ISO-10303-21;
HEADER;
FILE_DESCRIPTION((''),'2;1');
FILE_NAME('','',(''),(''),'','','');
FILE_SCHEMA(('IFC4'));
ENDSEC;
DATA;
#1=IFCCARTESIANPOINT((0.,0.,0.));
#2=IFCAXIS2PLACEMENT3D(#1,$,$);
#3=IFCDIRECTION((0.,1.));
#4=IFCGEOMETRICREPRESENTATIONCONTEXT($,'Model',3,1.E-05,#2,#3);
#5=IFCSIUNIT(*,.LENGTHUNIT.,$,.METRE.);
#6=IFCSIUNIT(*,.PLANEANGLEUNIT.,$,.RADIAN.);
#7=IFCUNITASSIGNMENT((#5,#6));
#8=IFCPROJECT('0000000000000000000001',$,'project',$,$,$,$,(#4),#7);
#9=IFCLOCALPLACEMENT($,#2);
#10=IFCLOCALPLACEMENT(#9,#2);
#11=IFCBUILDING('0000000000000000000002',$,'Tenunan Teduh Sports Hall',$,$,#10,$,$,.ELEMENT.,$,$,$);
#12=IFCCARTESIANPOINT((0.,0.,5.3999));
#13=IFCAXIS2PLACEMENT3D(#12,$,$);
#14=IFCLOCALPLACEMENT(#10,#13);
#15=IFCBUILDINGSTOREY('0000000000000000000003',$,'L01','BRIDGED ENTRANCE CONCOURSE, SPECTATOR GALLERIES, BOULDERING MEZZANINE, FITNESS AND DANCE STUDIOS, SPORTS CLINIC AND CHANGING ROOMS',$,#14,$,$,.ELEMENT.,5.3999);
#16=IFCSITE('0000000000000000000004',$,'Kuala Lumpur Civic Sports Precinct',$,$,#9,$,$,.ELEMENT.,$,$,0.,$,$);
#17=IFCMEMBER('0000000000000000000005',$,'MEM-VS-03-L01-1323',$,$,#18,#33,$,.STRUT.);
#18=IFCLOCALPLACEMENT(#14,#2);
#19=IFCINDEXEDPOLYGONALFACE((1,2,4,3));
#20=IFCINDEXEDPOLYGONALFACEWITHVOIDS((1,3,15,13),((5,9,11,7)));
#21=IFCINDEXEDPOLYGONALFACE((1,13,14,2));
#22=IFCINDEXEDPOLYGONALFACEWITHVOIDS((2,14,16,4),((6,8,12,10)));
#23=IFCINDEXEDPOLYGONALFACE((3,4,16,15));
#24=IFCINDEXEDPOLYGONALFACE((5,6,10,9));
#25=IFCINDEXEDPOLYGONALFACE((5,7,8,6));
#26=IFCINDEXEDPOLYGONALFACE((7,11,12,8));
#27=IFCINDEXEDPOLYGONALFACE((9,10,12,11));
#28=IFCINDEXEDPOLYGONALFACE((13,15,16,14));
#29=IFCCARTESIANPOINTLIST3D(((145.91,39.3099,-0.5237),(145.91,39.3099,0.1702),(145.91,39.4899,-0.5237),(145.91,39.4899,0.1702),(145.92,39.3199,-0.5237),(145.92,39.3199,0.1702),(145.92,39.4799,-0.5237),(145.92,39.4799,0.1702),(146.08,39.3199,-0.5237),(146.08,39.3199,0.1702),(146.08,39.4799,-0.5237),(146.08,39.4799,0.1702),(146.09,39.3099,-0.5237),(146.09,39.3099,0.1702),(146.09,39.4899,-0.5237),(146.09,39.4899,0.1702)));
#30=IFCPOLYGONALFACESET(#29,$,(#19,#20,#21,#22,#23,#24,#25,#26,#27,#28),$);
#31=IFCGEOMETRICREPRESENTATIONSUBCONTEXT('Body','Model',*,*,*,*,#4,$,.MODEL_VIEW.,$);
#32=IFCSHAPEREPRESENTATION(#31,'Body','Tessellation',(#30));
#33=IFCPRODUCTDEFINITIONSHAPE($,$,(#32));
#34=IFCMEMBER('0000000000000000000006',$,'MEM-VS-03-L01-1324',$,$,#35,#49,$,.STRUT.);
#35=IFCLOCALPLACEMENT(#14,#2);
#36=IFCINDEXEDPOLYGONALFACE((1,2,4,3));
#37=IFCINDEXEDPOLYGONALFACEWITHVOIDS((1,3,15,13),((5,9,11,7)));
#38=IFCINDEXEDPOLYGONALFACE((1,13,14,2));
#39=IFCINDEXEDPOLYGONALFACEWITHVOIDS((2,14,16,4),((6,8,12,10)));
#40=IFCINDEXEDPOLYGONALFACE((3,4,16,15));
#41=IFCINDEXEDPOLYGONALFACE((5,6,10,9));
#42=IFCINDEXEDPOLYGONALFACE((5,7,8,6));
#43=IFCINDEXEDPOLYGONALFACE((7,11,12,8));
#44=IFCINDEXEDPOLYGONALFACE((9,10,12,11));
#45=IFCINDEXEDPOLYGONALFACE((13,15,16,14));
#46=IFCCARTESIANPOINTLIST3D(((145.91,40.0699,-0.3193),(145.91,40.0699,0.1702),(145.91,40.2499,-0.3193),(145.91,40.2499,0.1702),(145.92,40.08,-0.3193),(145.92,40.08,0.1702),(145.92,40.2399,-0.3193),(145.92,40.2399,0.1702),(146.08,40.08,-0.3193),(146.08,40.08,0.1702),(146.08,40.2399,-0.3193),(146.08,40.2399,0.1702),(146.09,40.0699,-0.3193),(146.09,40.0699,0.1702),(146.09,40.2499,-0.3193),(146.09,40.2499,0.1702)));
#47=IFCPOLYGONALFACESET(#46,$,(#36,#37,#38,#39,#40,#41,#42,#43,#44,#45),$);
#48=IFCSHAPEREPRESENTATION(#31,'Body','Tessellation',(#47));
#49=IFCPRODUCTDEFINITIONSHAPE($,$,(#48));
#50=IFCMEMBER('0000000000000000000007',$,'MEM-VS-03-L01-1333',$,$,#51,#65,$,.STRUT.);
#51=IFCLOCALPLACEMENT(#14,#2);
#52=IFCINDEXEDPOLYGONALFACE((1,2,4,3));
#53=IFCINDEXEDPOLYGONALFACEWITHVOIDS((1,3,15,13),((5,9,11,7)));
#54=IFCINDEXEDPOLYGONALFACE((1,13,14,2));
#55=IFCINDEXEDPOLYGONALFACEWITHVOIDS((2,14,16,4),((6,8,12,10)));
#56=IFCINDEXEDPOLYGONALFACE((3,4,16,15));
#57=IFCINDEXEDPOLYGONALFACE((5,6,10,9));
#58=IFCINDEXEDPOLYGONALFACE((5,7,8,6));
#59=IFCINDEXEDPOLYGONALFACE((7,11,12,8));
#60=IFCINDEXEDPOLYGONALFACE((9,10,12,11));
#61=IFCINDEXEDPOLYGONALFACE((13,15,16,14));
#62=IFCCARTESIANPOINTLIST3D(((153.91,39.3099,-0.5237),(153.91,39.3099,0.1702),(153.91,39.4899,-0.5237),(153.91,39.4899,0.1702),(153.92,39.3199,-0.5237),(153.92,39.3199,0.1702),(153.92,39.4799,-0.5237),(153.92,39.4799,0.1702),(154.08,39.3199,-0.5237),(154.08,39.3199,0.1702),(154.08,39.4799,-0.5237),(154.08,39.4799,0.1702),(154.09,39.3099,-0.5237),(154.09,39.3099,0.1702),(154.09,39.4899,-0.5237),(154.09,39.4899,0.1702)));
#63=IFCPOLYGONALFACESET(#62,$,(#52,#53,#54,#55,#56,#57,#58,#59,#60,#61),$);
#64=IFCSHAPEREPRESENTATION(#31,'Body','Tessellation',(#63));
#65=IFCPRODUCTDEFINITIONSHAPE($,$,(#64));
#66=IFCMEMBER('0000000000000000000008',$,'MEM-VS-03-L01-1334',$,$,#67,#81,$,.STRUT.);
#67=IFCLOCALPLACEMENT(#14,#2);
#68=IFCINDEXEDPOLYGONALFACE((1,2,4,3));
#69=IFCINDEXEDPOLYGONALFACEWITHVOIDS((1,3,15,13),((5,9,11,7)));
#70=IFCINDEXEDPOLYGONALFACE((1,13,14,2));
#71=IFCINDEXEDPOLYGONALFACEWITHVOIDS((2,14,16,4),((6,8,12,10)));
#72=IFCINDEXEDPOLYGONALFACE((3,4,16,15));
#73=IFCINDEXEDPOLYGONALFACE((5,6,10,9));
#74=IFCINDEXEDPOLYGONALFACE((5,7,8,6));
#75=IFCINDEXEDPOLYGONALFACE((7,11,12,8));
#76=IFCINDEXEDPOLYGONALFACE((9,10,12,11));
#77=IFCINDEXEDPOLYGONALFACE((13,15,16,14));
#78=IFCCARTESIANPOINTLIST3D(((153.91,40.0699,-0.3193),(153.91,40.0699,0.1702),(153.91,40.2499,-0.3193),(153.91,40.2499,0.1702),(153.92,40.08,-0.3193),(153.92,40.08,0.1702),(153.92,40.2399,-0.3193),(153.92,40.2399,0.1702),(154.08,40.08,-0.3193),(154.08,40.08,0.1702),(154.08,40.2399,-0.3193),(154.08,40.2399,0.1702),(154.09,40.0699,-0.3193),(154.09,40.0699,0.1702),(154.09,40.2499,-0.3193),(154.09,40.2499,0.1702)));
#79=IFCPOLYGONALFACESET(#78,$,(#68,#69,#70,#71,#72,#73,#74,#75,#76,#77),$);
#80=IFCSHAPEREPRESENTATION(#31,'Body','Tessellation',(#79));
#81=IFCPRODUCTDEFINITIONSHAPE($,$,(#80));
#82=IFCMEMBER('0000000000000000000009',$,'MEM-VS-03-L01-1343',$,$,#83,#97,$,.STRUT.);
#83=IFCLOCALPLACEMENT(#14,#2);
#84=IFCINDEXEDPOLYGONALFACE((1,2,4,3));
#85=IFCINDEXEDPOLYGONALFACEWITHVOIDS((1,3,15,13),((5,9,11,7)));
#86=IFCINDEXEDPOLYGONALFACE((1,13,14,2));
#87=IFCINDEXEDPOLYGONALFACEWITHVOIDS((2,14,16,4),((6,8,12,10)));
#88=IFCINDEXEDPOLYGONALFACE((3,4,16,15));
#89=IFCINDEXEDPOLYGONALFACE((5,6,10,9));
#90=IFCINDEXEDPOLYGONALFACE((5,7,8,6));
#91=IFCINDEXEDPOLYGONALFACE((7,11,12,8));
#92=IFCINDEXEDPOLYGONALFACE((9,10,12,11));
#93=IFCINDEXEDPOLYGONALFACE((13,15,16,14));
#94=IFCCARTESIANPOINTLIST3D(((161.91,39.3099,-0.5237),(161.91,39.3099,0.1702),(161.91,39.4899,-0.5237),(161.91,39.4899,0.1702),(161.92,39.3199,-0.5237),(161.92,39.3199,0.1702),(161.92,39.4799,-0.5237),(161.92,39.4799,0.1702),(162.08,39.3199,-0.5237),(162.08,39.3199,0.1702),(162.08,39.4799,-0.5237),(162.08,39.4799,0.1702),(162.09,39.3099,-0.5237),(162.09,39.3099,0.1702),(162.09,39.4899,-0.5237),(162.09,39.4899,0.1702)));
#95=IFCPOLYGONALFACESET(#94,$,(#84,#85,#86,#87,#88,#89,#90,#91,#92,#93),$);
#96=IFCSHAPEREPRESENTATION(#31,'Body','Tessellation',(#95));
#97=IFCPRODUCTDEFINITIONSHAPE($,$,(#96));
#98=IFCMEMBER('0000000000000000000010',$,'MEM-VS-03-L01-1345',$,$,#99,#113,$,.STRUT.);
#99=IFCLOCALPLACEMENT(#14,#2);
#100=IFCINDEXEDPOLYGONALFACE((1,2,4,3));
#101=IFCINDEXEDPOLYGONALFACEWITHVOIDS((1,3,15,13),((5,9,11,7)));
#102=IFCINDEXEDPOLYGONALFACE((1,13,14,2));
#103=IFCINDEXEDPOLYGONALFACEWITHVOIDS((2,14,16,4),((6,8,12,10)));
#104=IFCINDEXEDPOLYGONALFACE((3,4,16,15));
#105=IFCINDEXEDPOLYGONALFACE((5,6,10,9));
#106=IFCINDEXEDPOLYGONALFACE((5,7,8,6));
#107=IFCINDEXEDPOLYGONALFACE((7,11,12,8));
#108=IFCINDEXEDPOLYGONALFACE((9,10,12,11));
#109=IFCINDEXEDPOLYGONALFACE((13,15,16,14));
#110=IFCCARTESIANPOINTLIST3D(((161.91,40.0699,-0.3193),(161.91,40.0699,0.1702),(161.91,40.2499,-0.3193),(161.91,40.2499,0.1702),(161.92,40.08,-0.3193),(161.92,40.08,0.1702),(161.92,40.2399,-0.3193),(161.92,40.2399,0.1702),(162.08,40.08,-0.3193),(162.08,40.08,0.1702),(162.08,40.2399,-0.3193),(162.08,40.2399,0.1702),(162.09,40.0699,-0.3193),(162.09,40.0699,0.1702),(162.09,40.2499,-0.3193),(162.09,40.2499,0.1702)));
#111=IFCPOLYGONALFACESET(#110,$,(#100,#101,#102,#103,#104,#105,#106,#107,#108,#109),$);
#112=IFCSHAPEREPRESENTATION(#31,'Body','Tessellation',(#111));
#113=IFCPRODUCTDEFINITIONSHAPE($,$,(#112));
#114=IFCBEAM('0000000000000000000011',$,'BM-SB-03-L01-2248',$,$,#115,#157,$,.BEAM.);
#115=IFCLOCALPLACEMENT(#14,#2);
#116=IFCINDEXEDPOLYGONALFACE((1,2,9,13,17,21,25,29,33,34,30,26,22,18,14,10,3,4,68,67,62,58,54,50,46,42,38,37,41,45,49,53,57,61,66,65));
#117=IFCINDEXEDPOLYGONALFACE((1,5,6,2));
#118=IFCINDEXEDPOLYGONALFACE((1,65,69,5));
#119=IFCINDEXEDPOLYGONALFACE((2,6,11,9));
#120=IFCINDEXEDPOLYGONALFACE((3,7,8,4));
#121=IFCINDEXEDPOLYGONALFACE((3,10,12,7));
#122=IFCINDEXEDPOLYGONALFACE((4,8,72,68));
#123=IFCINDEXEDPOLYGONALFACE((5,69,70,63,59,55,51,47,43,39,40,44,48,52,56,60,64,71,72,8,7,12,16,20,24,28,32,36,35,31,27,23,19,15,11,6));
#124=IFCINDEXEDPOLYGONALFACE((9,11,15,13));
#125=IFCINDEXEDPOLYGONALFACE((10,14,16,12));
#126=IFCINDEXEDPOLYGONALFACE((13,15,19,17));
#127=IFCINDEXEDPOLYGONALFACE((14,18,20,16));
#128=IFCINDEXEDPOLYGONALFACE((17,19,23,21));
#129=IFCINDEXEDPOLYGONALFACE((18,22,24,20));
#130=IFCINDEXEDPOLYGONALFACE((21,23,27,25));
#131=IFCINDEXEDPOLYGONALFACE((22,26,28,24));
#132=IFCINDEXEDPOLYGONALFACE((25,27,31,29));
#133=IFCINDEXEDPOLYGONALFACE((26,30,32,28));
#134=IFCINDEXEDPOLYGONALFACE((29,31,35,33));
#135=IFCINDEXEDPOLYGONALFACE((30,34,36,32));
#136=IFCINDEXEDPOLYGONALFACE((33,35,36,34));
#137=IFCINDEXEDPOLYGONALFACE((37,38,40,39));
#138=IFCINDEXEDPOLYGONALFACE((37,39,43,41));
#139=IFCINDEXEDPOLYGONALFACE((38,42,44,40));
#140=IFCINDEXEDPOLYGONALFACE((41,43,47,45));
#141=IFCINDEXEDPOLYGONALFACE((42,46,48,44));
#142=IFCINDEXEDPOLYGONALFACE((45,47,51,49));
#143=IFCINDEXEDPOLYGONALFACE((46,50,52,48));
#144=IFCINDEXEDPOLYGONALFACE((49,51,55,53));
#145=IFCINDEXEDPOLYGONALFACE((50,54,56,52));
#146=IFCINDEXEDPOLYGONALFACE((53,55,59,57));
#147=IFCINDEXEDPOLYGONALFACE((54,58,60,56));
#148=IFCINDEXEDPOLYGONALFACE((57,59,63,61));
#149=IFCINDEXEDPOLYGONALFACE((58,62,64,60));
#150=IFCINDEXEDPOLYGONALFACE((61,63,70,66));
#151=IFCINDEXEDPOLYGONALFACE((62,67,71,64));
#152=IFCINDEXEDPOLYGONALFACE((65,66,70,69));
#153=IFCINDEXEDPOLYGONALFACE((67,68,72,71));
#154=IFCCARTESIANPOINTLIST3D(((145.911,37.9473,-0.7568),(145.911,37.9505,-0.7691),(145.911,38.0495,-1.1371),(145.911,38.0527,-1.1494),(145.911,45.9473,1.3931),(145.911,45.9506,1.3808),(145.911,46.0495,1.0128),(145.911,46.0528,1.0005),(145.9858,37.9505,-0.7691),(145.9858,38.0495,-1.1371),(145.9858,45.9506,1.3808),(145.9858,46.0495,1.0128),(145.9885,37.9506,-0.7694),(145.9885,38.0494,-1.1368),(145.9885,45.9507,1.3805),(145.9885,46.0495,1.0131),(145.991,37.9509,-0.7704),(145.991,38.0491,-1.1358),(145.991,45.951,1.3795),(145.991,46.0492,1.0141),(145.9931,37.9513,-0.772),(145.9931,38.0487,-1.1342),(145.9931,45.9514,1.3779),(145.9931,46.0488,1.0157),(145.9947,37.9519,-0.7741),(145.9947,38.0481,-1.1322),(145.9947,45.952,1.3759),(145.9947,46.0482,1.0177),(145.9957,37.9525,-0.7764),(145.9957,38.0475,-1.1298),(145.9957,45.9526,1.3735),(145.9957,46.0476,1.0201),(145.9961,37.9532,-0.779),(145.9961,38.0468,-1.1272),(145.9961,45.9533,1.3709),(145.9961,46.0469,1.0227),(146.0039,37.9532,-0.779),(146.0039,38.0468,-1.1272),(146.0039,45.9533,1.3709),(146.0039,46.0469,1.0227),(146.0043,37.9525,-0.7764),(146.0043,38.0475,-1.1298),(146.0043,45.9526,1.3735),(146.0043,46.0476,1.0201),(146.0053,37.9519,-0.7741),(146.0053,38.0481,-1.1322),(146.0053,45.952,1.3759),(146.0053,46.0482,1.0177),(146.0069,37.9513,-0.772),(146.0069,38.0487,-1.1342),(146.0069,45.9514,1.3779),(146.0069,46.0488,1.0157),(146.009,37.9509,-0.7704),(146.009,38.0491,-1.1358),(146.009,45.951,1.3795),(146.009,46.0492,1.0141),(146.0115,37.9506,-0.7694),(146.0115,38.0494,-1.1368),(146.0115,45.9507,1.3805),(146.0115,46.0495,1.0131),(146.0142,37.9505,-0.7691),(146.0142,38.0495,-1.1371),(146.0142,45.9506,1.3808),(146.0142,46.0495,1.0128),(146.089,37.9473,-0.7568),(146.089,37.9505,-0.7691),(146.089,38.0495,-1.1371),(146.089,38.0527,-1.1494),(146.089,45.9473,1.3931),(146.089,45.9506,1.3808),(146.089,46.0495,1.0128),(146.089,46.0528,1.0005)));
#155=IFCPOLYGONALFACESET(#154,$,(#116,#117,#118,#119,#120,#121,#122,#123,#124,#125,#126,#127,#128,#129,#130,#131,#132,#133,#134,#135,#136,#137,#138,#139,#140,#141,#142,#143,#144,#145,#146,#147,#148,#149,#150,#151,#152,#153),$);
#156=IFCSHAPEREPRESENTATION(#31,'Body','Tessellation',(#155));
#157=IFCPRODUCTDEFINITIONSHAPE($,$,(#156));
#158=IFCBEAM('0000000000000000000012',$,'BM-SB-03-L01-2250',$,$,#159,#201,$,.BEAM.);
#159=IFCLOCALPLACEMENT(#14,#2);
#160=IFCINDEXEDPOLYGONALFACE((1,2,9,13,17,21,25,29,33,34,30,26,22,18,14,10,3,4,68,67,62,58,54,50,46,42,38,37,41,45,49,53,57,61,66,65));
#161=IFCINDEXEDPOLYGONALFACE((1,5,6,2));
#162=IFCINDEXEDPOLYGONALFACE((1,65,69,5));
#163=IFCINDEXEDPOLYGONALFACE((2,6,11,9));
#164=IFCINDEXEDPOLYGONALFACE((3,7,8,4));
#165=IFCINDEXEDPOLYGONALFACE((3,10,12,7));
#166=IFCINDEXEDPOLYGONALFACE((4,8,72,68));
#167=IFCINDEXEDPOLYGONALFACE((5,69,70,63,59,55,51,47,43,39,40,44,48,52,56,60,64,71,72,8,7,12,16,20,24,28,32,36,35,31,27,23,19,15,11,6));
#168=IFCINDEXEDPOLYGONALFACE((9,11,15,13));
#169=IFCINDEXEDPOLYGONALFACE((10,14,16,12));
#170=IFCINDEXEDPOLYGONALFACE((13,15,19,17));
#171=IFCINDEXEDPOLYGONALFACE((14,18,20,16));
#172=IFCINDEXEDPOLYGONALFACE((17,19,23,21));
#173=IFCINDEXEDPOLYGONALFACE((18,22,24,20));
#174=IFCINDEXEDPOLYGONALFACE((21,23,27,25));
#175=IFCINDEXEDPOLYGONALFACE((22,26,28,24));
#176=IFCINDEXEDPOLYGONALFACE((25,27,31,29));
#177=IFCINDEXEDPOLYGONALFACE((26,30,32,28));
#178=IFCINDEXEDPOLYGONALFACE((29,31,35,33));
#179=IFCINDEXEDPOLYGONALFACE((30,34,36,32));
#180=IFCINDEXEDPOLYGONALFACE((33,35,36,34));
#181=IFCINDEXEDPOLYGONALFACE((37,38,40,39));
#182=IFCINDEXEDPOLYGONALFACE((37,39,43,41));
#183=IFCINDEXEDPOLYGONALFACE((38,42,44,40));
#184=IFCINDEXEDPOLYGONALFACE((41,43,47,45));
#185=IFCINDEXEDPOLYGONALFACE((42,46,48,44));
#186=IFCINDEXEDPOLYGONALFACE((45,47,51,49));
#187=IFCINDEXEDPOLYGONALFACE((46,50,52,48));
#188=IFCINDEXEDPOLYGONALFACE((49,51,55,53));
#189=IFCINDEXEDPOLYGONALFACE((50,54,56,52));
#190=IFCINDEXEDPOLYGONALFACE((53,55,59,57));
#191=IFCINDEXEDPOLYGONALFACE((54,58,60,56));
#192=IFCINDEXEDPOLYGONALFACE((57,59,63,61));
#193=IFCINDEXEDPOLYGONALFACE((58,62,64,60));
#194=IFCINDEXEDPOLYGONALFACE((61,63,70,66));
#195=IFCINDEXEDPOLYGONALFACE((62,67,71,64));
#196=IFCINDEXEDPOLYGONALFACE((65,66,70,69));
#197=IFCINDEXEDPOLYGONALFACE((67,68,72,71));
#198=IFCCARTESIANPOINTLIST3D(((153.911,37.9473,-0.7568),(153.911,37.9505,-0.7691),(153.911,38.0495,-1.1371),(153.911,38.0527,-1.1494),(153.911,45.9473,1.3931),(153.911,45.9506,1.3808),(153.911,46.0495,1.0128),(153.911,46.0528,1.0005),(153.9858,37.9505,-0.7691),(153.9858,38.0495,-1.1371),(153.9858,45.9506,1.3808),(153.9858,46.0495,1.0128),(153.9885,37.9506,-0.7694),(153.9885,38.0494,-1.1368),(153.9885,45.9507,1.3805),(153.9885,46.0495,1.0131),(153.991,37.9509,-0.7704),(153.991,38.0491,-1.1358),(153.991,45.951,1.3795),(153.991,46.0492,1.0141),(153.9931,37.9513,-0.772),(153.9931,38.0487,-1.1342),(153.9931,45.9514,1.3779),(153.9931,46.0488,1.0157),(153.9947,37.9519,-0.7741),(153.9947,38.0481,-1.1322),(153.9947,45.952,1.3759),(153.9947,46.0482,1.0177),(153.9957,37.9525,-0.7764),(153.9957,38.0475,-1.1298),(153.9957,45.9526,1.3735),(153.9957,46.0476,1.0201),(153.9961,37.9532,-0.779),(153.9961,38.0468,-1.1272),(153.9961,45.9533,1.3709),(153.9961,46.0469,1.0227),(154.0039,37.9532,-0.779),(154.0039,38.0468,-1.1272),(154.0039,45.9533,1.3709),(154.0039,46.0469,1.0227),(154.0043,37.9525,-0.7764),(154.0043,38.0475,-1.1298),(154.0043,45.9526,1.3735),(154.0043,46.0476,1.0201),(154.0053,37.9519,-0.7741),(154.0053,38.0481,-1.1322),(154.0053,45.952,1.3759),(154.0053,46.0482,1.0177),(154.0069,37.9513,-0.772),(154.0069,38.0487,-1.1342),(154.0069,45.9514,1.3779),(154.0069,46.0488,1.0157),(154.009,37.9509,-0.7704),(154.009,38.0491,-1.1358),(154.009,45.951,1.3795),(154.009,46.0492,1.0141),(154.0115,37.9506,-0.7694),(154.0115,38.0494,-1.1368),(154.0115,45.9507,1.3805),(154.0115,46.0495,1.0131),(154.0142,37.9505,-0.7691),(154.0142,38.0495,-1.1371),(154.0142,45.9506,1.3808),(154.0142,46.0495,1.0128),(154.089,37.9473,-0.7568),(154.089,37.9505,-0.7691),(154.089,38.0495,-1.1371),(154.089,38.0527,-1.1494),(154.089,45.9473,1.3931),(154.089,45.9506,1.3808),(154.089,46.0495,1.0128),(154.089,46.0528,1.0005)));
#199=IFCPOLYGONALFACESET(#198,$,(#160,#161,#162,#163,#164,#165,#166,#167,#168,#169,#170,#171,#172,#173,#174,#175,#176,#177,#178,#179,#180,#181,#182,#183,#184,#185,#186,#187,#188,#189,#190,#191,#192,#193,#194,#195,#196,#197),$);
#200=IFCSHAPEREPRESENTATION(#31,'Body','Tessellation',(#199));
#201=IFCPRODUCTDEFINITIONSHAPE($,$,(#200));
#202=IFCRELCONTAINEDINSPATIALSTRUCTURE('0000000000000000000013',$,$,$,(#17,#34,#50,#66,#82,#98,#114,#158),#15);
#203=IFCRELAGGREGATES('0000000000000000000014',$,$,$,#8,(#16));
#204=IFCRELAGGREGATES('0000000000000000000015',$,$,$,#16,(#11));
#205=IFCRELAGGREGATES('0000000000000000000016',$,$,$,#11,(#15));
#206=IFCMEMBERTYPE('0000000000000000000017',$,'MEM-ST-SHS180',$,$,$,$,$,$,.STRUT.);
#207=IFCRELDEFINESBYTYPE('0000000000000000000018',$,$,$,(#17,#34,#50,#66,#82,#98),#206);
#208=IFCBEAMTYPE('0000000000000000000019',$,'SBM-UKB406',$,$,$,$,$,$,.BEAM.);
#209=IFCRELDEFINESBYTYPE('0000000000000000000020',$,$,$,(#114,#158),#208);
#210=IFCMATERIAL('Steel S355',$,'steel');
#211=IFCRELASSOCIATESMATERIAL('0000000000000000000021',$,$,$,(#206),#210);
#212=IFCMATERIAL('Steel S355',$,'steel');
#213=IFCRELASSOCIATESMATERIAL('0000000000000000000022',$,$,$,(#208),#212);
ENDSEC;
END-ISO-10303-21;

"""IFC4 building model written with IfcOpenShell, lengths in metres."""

from ifc_helpers import new_model, si_unit, direction, frame, origin, origin_2d, place, context, subcontext, project, spatial, hollow_rectangle, i_section, extrude, material, material_profile, profile_set, type_object, element, save


model = new_model("IFC4")

# Units and contexts
model_context = context("Model", 3, precision=1e-05, world=origin(), true_north=direction((0.0, 1.0)))
body_context = subcontext(model_context, "Body", "Model", "MODEL_VIEW")
ifc_project = project(units=[si_unit("LENGTHUNIT", "METRE"), si_unit("PLANEANGLEUNIT", "RADIAN")], contexts=[model_context])

# Site, building, storey
site_placement = place(None, origin())
site = spatial("IfcSite", under=ifc_project, at=site_placement, Name="Kuala Lumpur Civic Sports Precinct", CompositionType="ELEMENT", RefElevation=0.0)
building_placement = place(site_placement, origin())
building = spatial("IfcBuilding", under=site, at=building_placement, Name="Tenunan Teduh Sports Hall", CompositionType="ELEMENT")
storey_placement = place(building_placement, frame((0.0, 0.0, 5.3999)))
storey = spatial("IfcBuildingStorey", under=building, at=storey_placement, Name="L01", Description="BRIDGED ENTRANCE CONCOURSE, SPECTATOR GALLERIES, BOULDERING MEZZANINE, FITNESS AND DANCE STUDIOS, SPORTS CLINIC AND CHANGING ROOMS", CompositionType="ELEMENT", Elevation=5.3999)

# Members
ifc_material_1 = material(Name="Steel S355", Category="steel")
ifc_material_profile_1 = material_profile(ifc_material_1, hollow_rectangle(XDim=0.1799, YDim=0.1799, WallThickness=0.01, at=origin_2d()), Name="SHS 180x180x10.0")
ifc_profile_set_1 = profile_set([ifc_material_profile_1], Name="Steel S355")
member_type = type_object("IfcMemberType", Name="MEM-ST-SHS180", PredefinedType="STRUT", material=ifc_profile_set_1)
member_1_placement = place(storey_placement, frame((146.0, 39.3999, -0.5237), z_axis=(0.0, 0.0, 1.0), x_axis=(1.0, 0.0, 0.0)))
element("IfcMember", 1, at=member_1_placement, inside=storey, type_object=member_type, Name="MEM-VS-03-L01-1323", PredefinedType="STRUT", context=body_context, shape_type="SweptSolid", body=[
    extrude(hollow_rectangle(XDim=0.1799, YDim=0.1799, WallThickness=0.01, at=origin_2d()), origin(), (0.0, 0.0, 1.0), 0.6938),
])
member_2_placement = place(storey_placement, frame((146.0, 40.1599, -0.3193), z_axis=(0.0, 0.0, 1.0), x_axis=(1.0, 0.0, 0.0)))
element("IfcMember", 2, at=member_2_placement, inside=storey, type_object=member_type, Name="MEM-VS-03-L01-1324", PredefinedType="STRUT", context=body_context, shape_type="SweptSolid", body=[
    extrude(hollow_rectangle(XDim=0.1799, YDim=0.1799, WallThickness=0.01, at=origin_2d()), origin(), (0.0, 0.0, 1.0), 0.4895),
])
member_3_placement = place(storey_placement, frame((154.0, 39.3999, -0.5237), z_axis=(0.0, 0.0, 1.0), x_axis=(1.0, 0.0, 0.0)))
element("IfcMember", 3, at=member_3_placement, inside=storey, type_object=member_type, Name="MEM-VS-03-L01-1333", PredefinedType="STRUT", context=body_context, shape_type="SweptSolid", body=[
    extrude(hollow_rectangle(XDim=0.1799, YDim=0.1799, WallThickness=0.01, at=origin_2d()), origin(), (0.0, 0.0, 1.0), 0.6938),
])
member_4_placement = place(storey_placement, frame((154.0, 40.1599, -0.3193), z_axis=(0.0, 0.0, 1.0), x_axis=(1.0, 0.0, 0.0)))
element("IfcMember", 4, at=member_4_placement, inside=storey, type_object=member_type, Name="MEM-VS-03-L01-1334", PredefinedType="STRUT", context=body_context, shape_type="SweptSolid", body=[
    extrude(hollow_rectangle(XDim=0.1799, YDim=0.1799, WallThickness=0.01, at=origin_2d()), origin(), (0.0, 0.0, 1.0), 0.4895),
])
member_5_placement = place(storey_placement, frame((162.0, 39.3999, -0.5237), z_axis=(0.0, 0.0, 1.0), x_axis=(1.0, 0.0, 0.0)))
element("IfcMember", 5, at=member_5_placement, inside=storey, type_object=member_type, Name="MEM-VS-03-L01-1343", PredefinedType="STRUT", context=body_context, shape_type="SweptSolid", body=[
    extrude(hollow_rectangle(XDim=0.1799, YDim=0.1799, WallThickness=0.01, at=origin_2d()), origin(), (0.0, 0.0, 1.0), 0.6938),
])
member_6_placement = place(storey_placement, frame((162.0, 40.1599, -0.3193), z_axis=(0.0, 0.0, 1.0), x_axis=(1.0, 0.0, 0.0)))
element("IfcMember", 6, at=member_6_placement, inside=storey, type_object=member_type, Name="MEM-VS-03-L01-1345", PredefinedType="STRUT", context=body_context, shape_type="SweptSolid", body=[
    extrude(hollow_rectangle(XDim=0.1799, YDim=0.1799, WallThickness=0.01, at=origin_2d()), origin(), (0.0, 0.0, 1.0), 0.4895),
])

# Beams
ifc_material_2 = material(Name="Steel S355", Category="steel")
ifc_material_profile_2 = material_profile(ifc_material_2, i_section(OverallWidth=0.178, OverallDepth=0.4065, WebThickness=0.0078, FlangeThickness=0.0127, FilletRadius=0.0103, at=origin_2d()), Name="UKB 406x178x60")
ifc_profile_set_2 = profile_set([ifc_material_profile_2], Name="Steel S355")
beam_type_1 = type_object("IfcBeamType", Name="SBM-UKB406", PredefinedType="BEAM", material=ifc_profile_set_2)
for number, where, z_axis, x_axis, name in (
    (7, (146.0, 38.0, -0.9531), (0.0, 0.965735, 0.25953), (-1.0, 0.0, 0.0), "BM-SB-03-L01-2248"),
    (8, (154.0, 38.0, -0.9531), (0.0, 0.965735, 0.25953), (-1.0, 0.0, 0.0), "BM-SB-03-L01-2250"),
):
    element("IfcBeam", number, at=place(storey_placement, frame(where, z_axis=z_axis, x_axis=x_axis)), inside=storey, type_object=beam_type_1, Name=name, PredefinedType="BEAM", context=body_context, shape_type="SweptSolid", body=[
        extrude(i_section(OverallWidth=0.178, OverallDepth=0.4065, WebThickness=0.0078, FlangeThickness=0.0127, FilletRadius=0.0103, at=origin_2d()), origin(), (0.0, 0.0, 1.0), 8.2839),
    ])

save(model, "model.ifc")
